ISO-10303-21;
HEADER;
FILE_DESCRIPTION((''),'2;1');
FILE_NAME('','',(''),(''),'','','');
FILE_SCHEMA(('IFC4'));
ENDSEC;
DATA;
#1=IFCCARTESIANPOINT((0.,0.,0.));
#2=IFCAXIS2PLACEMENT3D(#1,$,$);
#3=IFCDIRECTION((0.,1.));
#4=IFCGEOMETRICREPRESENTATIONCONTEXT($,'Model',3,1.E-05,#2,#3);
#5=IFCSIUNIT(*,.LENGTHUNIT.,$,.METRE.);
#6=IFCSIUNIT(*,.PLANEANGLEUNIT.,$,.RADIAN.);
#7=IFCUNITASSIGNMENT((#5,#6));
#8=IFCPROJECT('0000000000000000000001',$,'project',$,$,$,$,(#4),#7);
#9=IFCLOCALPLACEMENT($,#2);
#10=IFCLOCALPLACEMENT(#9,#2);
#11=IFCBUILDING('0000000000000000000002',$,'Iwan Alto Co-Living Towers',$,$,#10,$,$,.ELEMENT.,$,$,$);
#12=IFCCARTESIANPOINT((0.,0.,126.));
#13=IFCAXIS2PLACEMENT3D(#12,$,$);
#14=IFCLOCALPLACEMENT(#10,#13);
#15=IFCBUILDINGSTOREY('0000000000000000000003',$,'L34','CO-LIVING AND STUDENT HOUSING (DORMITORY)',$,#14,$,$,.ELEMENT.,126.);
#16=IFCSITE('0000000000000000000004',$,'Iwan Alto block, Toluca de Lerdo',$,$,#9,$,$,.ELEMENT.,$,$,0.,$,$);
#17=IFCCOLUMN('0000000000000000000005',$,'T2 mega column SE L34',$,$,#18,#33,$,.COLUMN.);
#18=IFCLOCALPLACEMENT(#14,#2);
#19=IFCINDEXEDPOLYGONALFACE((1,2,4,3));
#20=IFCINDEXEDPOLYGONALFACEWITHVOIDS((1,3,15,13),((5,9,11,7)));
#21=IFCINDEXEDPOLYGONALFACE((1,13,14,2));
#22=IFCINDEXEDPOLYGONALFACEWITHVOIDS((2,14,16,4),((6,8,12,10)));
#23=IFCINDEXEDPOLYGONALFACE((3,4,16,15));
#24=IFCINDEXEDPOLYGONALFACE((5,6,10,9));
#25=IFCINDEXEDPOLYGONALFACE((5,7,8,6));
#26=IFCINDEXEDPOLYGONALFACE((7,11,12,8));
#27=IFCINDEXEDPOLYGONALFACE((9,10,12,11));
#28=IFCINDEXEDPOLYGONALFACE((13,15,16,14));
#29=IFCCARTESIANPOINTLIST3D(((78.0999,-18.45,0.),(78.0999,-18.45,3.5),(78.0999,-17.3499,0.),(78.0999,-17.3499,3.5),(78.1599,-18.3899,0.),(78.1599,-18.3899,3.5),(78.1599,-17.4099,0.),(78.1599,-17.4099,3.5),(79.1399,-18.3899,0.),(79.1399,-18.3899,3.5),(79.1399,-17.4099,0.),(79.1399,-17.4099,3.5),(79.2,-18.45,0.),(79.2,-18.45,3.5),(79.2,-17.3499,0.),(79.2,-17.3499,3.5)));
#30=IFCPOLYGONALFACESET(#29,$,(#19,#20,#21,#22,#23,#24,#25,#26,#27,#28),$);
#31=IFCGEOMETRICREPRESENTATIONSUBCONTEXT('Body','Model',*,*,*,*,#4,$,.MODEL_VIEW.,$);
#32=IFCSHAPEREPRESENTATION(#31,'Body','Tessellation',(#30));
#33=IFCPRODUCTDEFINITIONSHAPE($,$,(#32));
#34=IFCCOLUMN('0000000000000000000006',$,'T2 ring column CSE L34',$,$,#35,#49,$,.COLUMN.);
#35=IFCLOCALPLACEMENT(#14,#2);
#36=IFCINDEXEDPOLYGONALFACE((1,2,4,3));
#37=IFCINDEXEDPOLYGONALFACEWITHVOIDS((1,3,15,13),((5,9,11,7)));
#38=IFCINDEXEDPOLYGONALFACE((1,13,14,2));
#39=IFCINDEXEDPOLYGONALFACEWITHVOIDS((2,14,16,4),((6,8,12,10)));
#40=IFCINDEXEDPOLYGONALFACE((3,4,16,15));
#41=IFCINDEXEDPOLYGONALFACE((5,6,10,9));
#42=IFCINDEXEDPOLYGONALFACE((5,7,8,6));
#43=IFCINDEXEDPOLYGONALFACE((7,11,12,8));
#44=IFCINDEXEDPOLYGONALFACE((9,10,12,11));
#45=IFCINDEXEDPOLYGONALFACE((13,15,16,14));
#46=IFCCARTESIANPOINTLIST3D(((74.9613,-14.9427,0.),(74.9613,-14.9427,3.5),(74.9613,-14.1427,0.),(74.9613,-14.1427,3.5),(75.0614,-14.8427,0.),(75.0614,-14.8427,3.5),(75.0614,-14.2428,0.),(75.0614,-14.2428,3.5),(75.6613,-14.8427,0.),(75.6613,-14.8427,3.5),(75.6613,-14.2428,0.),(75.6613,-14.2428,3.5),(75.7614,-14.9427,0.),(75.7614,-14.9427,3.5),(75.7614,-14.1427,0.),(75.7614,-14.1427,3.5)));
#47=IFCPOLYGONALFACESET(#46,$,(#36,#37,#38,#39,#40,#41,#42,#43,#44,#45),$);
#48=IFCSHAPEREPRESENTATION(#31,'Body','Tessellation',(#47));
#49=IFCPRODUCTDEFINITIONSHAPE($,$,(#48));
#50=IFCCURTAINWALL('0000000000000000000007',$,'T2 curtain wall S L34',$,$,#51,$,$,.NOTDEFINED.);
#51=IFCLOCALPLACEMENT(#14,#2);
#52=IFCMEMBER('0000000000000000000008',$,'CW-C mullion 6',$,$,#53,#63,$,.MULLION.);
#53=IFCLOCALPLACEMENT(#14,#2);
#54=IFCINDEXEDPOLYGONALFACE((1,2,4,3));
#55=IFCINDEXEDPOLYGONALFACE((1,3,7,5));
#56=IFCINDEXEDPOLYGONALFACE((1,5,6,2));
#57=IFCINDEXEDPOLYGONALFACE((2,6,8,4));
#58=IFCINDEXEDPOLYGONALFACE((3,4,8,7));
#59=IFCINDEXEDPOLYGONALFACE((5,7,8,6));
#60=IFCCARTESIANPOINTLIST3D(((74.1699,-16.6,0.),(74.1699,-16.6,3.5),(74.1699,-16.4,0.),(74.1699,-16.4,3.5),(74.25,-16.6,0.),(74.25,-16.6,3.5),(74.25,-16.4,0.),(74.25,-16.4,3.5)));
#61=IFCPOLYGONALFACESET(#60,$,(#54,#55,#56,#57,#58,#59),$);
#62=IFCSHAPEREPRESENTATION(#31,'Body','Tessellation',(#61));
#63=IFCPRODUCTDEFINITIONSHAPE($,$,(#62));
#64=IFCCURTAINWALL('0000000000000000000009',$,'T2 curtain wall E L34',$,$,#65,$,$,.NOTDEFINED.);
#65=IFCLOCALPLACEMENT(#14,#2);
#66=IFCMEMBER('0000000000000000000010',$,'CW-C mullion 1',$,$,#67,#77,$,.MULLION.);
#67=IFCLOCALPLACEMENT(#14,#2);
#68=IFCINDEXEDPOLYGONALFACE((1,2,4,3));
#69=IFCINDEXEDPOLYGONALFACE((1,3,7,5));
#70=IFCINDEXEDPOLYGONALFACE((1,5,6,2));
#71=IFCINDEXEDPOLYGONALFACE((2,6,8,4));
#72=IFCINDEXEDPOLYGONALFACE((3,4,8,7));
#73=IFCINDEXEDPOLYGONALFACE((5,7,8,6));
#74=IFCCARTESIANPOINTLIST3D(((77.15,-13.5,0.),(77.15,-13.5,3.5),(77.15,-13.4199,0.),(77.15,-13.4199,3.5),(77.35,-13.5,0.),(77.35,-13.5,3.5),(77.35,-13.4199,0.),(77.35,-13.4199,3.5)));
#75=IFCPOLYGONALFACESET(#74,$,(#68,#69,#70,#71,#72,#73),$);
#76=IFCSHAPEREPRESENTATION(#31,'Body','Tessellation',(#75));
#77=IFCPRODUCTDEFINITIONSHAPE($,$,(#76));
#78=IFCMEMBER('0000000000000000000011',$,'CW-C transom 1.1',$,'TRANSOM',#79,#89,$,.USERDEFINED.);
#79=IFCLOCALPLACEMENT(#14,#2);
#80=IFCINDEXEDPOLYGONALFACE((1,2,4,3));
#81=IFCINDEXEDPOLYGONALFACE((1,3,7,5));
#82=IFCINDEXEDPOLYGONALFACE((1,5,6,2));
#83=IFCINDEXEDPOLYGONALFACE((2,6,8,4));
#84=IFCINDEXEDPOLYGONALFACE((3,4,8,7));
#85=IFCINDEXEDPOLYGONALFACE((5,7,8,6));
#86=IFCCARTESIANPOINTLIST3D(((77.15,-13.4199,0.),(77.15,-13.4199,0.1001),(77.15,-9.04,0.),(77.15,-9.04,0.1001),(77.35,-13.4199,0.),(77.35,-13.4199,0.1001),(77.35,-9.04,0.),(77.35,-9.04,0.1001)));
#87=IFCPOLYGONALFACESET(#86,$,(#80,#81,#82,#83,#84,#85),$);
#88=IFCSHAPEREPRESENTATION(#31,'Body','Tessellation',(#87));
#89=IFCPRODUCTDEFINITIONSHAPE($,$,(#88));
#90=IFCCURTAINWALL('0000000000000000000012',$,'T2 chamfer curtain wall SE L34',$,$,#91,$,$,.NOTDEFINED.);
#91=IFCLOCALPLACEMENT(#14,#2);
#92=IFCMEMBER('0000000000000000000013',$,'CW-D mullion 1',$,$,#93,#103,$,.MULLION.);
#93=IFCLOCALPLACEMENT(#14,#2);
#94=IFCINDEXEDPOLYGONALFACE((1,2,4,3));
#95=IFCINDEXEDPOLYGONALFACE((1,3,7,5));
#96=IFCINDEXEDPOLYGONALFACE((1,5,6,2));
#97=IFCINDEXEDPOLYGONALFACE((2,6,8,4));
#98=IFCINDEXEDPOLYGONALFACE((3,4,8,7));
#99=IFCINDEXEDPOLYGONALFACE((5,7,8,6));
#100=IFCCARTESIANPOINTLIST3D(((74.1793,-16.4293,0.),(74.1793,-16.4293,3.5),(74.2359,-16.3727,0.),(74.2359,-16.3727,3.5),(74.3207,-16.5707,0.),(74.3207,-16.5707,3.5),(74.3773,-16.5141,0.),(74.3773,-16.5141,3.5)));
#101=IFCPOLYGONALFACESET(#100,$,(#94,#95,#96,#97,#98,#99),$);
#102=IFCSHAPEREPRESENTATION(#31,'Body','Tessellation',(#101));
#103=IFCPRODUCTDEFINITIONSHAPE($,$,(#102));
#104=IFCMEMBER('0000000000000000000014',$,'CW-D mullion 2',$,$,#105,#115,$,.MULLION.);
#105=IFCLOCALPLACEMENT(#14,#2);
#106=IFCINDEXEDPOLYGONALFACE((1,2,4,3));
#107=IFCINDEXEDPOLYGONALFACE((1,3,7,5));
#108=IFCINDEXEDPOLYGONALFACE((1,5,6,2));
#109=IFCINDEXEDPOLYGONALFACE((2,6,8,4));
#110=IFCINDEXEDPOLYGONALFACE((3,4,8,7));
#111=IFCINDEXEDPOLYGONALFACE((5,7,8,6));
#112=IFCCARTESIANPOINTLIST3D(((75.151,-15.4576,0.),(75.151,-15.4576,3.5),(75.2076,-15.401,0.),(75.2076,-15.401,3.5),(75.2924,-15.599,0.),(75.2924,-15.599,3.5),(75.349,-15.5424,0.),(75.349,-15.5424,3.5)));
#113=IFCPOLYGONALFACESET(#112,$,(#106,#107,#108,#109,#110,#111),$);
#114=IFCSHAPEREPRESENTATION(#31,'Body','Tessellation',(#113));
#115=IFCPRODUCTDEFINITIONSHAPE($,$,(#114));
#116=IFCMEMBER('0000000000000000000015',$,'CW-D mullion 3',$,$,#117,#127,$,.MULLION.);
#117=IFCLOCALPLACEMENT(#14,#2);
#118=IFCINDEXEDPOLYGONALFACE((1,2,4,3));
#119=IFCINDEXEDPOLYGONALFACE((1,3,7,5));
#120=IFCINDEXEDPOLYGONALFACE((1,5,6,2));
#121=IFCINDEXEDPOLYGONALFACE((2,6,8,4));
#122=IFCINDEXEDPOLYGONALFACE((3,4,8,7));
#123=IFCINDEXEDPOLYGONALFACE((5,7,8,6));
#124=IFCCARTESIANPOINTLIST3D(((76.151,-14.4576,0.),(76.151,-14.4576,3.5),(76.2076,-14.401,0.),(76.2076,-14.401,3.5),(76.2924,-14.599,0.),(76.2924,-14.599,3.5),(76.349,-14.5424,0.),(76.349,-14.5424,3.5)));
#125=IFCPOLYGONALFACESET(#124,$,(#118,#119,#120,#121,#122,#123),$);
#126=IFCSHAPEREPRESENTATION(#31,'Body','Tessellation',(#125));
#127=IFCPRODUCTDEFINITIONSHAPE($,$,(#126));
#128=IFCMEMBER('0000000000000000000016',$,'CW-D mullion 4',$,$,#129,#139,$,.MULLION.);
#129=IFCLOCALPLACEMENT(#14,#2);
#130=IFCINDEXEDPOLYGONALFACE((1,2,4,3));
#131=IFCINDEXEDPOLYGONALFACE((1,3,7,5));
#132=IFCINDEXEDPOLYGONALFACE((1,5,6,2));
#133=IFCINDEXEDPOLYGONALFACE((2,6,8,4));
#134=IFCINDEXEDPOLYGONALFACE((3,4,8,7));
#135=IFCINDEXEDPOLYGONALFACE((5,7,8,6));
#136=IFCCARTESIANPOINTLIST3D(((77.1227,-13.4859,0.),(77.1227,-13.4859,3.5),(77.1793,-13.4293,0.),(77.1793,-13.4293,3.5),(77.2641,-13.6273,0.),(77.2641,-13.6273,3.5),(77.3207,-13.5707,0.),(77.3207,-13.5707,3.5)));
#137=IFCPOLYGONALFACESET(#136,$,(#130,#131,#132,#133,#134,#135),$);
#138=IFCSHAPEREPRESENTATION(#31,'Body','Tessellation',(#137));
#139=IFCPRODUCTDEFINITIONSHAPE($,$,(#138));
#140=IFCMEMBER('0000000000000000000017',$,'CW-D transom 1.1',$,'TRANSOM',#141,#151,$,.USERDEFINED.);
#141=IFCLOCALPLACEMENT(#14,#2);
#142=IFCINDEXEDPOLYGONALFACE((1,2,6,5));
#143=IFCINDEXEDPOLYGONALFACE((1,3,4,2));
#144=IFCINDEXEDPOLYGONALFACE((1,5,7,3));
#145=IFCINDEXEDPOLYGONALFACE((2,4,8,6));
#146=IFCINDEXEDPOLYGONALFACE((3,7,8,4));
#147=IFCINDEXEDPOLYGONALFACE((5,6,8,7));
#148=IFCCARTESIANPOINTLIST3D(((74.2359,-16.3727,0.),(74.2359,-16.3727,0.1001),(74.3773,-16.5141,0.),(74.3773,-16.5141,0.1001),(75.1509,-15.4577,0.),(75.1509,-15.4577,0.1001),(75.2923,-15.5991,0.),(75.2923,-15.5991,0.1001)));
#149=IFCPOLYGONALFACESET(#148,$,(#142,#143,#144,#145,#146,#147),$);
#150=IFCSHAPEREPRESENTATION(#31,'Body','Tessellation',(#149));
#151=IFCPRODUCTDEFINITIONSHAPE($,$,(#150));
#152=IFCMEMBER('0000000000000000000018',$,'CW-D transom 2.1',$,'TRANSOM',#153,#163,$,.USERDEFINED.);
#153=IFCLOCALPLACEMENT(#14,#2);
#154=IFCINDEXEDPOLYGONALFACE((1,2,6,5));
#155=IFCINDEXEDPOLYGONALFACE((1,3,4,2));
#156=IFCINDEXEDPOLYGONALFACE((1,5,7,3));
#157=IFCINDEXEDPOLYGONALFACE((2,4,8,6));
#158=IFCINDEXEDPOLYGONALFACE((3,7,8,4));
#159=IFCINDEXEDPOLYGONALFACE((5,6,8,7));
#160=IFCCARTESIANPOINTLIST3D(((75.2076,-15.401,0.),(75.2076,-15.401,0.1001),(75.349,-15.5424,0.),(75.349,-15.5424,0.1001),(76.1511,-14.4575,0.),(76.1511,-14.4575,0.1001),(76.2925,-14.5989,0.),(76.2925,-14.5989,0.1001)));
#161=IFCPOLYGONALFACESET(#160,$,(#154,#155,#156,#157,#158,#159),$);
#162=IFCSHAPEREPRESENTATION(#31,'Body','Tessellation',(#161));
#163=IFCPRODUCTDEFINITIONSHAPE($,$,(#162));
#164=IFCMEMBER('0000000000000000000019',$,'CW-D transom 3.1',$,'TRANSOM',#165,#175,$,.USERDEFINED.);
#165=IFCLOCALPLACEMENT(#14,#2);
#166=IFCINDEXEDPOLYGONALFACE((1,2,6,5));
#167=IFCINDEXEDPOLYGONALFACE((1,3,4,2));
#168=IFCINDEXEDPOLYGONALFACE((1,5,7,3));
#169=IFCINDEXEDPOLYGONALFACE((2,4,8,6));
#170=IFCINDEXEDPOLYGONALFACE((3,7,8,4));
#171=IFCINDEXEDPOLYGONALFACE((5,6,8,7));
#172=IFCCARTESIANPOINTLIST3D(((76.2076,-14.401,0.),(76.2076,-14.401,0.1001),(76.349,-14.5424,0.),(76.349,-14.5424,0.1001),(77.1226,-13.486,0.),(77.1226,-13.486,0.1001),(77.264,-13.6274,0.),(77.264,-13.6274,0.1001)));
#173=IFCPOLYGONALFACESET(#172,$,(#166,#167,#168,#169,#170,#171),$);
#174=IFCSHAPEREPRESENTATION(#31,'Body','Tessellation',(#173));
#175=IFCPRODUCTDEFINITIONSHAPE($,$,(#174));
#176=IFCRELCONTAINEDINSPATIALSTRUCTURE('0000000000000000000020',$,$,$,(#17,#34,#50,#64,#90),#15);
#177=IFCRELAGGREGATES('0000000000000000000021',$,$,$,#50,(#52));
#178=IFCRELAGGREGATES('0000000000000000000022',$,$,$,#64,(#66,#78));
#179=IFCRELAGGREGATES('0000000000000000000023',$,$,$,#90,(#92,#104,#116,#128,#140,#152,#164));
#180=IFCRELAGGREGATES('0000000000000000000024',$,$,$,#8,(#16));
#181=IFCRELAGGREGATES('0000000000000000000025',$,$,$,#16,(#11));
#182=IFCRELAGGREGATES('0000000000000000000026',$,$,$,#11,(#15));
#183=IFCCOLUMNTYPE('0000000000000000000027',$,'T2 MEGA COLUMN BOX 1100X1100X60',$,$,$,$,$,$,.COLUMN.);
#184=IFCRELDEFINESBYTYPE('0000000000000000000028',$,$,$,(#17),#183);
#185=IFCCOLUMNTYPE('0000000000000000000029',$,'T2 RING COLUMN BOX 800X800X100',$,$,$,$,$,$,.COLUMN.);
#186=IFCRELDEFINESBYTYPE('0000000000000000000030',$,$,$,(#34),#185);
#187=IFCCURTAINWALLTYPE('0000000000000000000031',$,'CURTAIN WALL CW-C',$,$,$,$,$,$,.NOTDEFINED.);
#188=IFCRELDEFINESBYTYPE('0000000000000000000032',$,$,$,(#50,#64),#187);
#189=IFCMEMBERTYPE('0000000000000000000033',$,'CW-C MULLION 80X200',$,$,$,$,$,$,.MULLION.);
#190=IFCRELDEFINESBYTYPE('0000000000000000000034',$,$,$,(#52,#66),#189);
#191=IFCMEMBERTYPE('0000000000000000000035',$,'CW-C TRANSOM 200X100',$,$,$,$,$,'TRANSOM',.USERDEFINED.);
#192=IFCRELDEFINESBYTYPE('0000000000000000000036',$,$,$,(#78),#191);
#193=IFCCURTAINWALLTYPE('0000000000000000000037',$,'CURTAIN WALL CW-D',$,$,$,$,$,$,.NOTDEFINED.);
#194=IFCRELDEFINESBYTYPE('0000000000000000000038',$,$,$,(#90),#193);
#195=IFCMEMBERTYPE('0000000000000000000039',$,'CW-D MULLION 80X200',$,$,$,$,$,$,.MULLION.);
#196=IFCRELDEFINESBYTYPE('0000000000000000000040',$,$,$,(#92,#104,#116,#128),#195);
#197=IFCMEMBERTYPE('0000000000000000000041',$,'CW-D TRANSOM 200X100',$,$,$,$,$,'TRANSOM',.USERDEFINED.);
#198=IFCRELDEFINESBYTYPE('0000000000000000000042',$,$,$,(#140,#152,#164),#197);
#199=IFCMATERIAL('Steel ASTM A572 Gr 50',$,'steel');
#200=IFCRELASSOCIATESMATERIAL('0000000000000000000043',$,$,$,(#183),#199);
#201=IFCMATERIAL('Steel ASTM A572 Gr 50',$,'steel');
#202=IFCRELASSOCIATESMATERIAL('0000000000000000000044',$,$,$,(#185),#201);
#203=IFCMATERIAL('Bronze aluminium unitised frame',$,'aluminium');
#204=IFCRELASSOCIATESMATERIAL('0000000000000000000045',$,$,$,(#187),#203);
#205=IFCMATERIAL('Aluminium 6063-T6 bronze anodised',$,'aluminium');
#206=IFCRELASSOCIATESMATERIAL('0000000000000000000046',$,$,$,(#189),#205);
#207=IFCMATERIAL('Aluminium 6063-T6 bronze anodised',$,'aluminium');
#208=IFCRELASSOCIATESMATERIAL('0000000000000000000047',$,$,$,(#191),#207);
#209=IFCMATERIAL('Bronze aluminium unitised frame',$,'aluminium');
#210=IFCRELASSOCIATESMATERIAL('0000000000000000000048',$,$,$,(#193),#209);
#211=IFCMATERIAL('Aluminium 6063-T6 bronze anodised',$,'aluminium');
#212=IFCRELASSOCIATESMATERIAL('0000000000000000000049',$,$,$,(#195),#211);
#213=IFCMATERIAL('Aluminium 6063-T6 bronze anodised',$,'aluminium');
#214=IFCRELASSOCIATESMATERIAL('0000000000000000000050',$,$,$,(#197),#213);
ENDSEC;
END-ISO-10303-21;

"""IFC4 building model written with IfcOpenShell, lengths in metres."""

from ifc_helpers import new_model, si_unit, direction, frame, origin, origin_2d, place, context, subcontext, project, spatial, rectangle, hollow_rectangle, extrude, material, material_profile, profile_set, type_object, element, aggregate, save


model = new_model("IFC4")

# Units and contexts
model_context = context("Model", 3, precision=1e-05, world=origin(), true_north=direction((0.0, 1.0)))
body_context = subcontext(model_context, "Body", "Model", "MODEL_VIEW")
ifc_project = project(units=[si_unit("LENGTHUNIT", "METRE"), si_unit("PLANEANGLEUNIT", "RADIAN")], contexts=[model_context])

# Site, building, storey
site_placement = place(None, origin())
site = spatial("IfcSite", under=ifc_project, at=site_placement, Name="Iwan Alto block, Toluca de Lerdo", CompositionType="ELEMENT", RefElevation=0.0)
building_placement = place(site_placement, origin())
building = spatial("IfcBuilding", under=site, at=building_placement, Name="Iwan Alto Co-Living Towers", CompositionType="ELEMENT")
storey_placement = place(building_placement, frame((0.0, 0.0, 126.0)))
storey = spatial("IfcBuildingStorey", under=building, at=storey_placement, Name="L34", Description="CO-LIVING AND STUDENT HOUSING (DORMITORY)", CompositionType="ELEMENT", Elevation=126.0)

# Columns
ifc_material_1 = material(Name="Steel ASTM A572 Gr 50", Category="steel")
ifc_material_profile_1 = material_profile(ifc_material_1, hollow_rectangle(XDim=1.1001, YDim=1.1001, WallThickness=0.0601, at=origin_2d()), Name="BOX 1100X1100X60")
ifc_profile_set_1 = profile_set([ifc_material_profile_1], Name="Steel ASTM A572 Gr 50")
column_type_1 = type_object("IfcColumnType", Name="T2 MEGA COLUMN BOX 1100X1100X60", PredefinedType="COLUMN", material=ifc_profile_set_1)
column_1_placement = place(storey_placement, frame((78.6499, -17.8999, 0.0), z_axis=(0.0, 0.0, 1.0), x_axis=(1.0, 0.0, 0.0)))
element("IfcColumn", 1, at=column_1_placement, inside=storey, type_object=column_type_1, Name="T2 mega column SE L34", PredefinedType="COLUMN", context=body_context, shape_type="SweptSolid", body=[
    extrude(hollow_rectangle(XDim=1.1001, YDim=1.1001, WallThickness=0.0601, at=origin_2d()), origin(), (0.0, 0.0, 1.0), 3.5),
])
ifc_material_2 = material(Name="Steel ASTM A572 Gr 50", Category="steel")
ifc_material_profile_2 = material_profile(ifc_material_2, hollow_rectangle(XDim=0.8, YDim=0.8, WallThickness=0.1001, at=origin_2d()), Name="BOX 800X800X100")
ifc_profile_set_2 = profile_set([ifc_material_profile_2], Name="Steel ASTM A572 Gr 50")
column_type_2 = type_object("IfcColumnType", Name="T2 RING COLUMN BOX 800X800X100", PredefinedType="COLUMN", material=ifc_profile_set_2)
column_2_placement = place(storey_placement, frame((75.3613, -14.5427, 0.0), z_axis=(0.0, 0.0, 1.0), x_axis=(1.0, 0.0, 0.0)))
element("IfcColumn", 2, at=column_2_placement, inside=storey, type_object=column_type_2, Name="T2 ring column CSE L34", PredefinedType="COLUMN", context=body_context, shape_type="SweptSolid", body=[
    extrude(hollow_rectangle(XDim=0.8, YDim=0.8, WallThickness=0.1001, at=origin_2d()), origin(), (0.0, 0.0, 1.0), 3.5),
])

# Curtain wall, member
ifc_material_3 = material(Name="Bronze aluminium unitised frame", Category="aluminium")
curtain_wall_type_1 = type_object("IfcCurtainWallType", Name="CURTAIN WALL CW-C", PredefinedType="NOTDEFINED", material=ifc_material_3)
curtain_wall_1_placement = place(storey_placement, origin())
curtain_wall_1 = element("IfcCurtainWall", 3, at=curtain_wall_1_placement, inside=storey, type_object=curtain_wall_type_1, Name="T2 curtain wall S L34", PredefinedType="NOTDEFINED")
ifc_material_4 = material(Name="Aluminium 6063-T6 bronze anodised", Category="aluminium")
ifc_material_profile_3 = material_profile(ifc_material_4, rectangle(XDim=0.2, YDim=0.0801, at=origin_2d()), Name="AL 80X200")
ifc_profile_set_3 = profile_set([ifc_material_profile_3], Name="Aluminium 6063-T6 bronze anodised")
member_type_1 = type_object("IfcMemberType", Name="CW-C MULLION 80X200", PredefinedType="MULLION", material=ifc_profile_set_3)
member_1_placement = place(storey_placement, frame((74.21, -16.5, 0.0), z_axis=(0.0, 0.0, 1.0), x_axis=(0.0, 1.0, 0.0)))
member_1 = element("IfcMember", 4, at=member_1_placement, type_object=member_type_1, Name="CW-C mullion 6", PredefinedType="MULLION", context=body_context, shape_type="SweptSolid", body=[
    extrude(rectangle(XDim=0.2, YDim=0.0801, at=origin_2d()), origin(), (0.0, 0.0, 1.0), 3.5),
])

# Curtain walls, members
curtain_wall_2_placement = place(storey_placement, origin())
curtain_wall_2 = element("IfcCurtainWall", 5, at=curtain_wall_2_placement, inside=storey, type_object=curtain_wall_type_1, Name="T2 curtain wall E L34", PredefinedType="NOTDEFINED")
member_2_placement = place(storey_placement, frame((77.25, -13.46, 0.0), z_axis=(0.0, 0.0, 1.0), x_axis=(-1.0, 0.0, 0.0)))
member_2 = element("IfcMember", 6, at=member_2_placement, type_object=member_type_1, Name="CW-C mullion 1", PredefinedType="MULLION", context=body_context, shape_type="SweptSolid", body=[
    extrude(rectangle(XDim=0.2, YDim=0.0801, at=origin_2d()), origin(), (0.0, 0.0, 1.0), 3.5),
])
ifc_material_5 = material(Name="Aluminium 6063-T6 bronze anodised", Category="aluminium")
ifc_material_profile_4 = material_profile(ifc_material_5, rectangle(XDim=0.2, YDim=0.1001, at=origin_2d()), Name="AL 200X100")
ifc_profile_set_4 = profile_set([ifc_material_profile_4], Name="Aluminium 6063-T6 bronze anodised")
member_type_2 = type_object("IfcMemberType", Name="CW-C TRANSOM 200X100", ElementType="TRANSOM", PredefinedType="USERDEFINED", material=ifc_profile_set_4)
member_3_placement = place(storey_placement, frame((77.25, -13.4199, 0.05), z_axis=(0.0, 1.0, 0.0), x_axis=(-1.0, 0.0, 0.0)))
member_3 = element("IfcMember", 7, at=member_3_placement, type_object=member_type_2, Name="CW-C transom 1.1", ObjectType="TRANSOM", PredefinedType="USERDEFINED", context=body_context, shape_type="SweptSolid", body=[
    extrude(rectangle(XDim=0.2, YDim=0.1001, at=origin_2d()), origin(), (0.0, 0.0, 1.0), 4.3799),
])
ifc_material_6 = material(Name="Bronze aluminium unitised frame", Category="aluminium")
curtain_wall_type_2 = type_object("IfcCurtainWallType", Name="CURTAIN WALL CW-D", PredefinedType="NOTDEFINED", material=ifc_material_6)
curtain_wall_3_placement = place(storey_placement, origin())
curtain_wall_3 = element("IfcCurtainWall", 8, at=curtain_wall_3_placement, inside=storey, type_object=curtain_wall_type_2, Name="T2 chamfer curtain wall SE L34", PredefinedType="NOTDEFINED")
ifc_material_7 = material(Name="Aluminium 6063-T6 bronze anodised", Category="aluminium")
ifc_material_profile_5 = material_profile(ifc_material_7, rectangle(XDim=0.2, YDim=0.0801, at=origin_2d()), Name="AL 80X200")
ifc_profile_set_5 = profile_set([ifc_material_profile_5], Name="Aluminium 6063-T6 bronze anodised")
member_type_3 = type_object("IfcMemberType", Name="CW-D MULLION 80X200", PredefinedType="MULLION", material=ifc_profile_set_5)
member_4_placement = place(storey_placement, frame((74.2783, -16.4717, 0.0), z_axis=(0.0, 0.0, 1.0), x_axis=(-0.707107, 0.707107, 0.0)))
member_4 = element("IfcMember", 9, at=member_4_placement, type_object=member_type_3, Name="CW-D mullion 1", PredefinedType="MULLION", context=body_context, shape_type="SweptSolid", body=[
    extrude(rectangle(XDim=0.2, YDim=0.0801, at=origin_2d()), origin(), (0.0, 0.0, 1.0), 3.5),
])
member_5_placement = place(storey_placement, frame((75.25, -15.5, 0.0), z_axis=(0.0, 0.0, 1.0), x_axis=(-0.707107, 0.707107, 0.0)))
member_5 = element("IfcMember", 10, at=member_5_placement, type_object=member_type_3, Name="CW-D mullion 2", PredefinedType="MULLION", context=body_context, shape_type="SweptSolid", body=[
    extrude(rectangle(XDim=0.2, YDim=0.0801, at=origin_2d()), origin(), (0.0, 0.0, 1.0), 3.5),
])
member_6_placement = place(storey_placement, frame((76.25, -14.5, 0.0), z_axis=(0.0, 0.0, 1.0), x_axis=(-0.707107, 0.707107, 0.0)))
member_6 = element("IfcMember", 11, at=member_6_placement, type_object=member_type_3, Name="CW-D mullion 3", PredefinedType="MULLION", context=body_context, shape_type="SweptSolid", body=[
    extrude(rectangle(XDim=0.2, YDim=0.0801, at=origin_2d()), origin(), (0.0, 0.0, 1.0), 3.5),
])
member_7_placement = place(storey_placement, frame((77.2217, -13.5283, 0.0), z_axis=(0.0, 0.0, 1.0), x_axis=(-0.707107, 0.707107, 0.0)))
member_7 = element("IfcMember", 12, at=member_7_placement, type_object=member_type_3, Name="CW-D mullion 4", PredefinedType="MULLION", context=body_context, shape_type="SweptSolid", body=[
    extrude(rectangle(XDim=0.2, YDim=0.0801, at=origin_2d()), origin(), (0.0, 0.0, 1.0), 3.5),
])
ifc_material_8 = material(Name="Aluminium 6063-T6 bronze anodised", Category="aluminium")
ifc_material_profile_6 = material_profile(ifc_material_8, rectangle(XDim=0.2, YDim=0.1001, at=origin_2d()), Name="AL 200X100")
ifc_profile_set_6 = profile_set([ifc_material_profile_6], Name="Aluminium 6063-T6 bronze anodised")
member_type_4 = type_object("IfcMemberType", Name="CW-D TRANSOM 200X100", ElementType="TRANSOM", PredefinedType="USERDEFINED", material=ifc_profile_set_6)
member_8_placement = place(storey_placement, frame((74.3066, -16.4434, 0.05), z_axis=(0.707107, 0.707107, 0.0), x_axis=(-0.707107, 0.707107, 0.0)))
member_8 = element("IfcMember", 13, at=member_8_placement, type_object=member_type_4, Name="CW-D transom 1.1", ObjectType="TRANSOM", PredefinedType="USERDEFINED", context=body_context, shape_type="SweptSolid", body=[
    extrude(rectangle(XDim=0.2, YDim=0.1001, at=origin_2d()), origin(), (0.0, 0.0, 1.0), 1.2939),
])
member_9_placement = place(storey_placement, frame((75.2783, -15.4717, 0.05), z_axis=(0.707107, 0.707107, 0.0), x_axis=(-0.707107, 0.707107, 0.0)))
member_9 = element("IfcMember", 14, at=member_9_placement, type_object=member_type_4, Name="CW-D transom 2.1", ObjectType="TRANSOM", PredefinedType="USERDEFINED", context=body_context, shape_type="SweptSolid", body=[
    extrude(rectangle(XDim=0.2, YDim=0.1001, at=origin_2d()), origin(), (0.0, 0.0, 1.0), 1.3342),
])
member_10_placement = place(storey_placement, frame((76.2783, -14.4717, 0.05), z_axis=(0.707107, 0.707107, 0.0), x_axis=(-0.707107, 0.707107, 0.0)))
member_10 = element("IfcMember", 15, at=member_10_placement, type_object=member_type_4, Name="CW-D transom 3.1", ObjectType="TRANSOM", PredefinedType="USERDEFINED", context=body_context, shape_type="SweptSolid", body=[
    extrude(rectangle(XDim=0.2, YDim=0.1001, at=origin_2d()), origin(), (0.0, 0.0, 1.0), 1.2939),
])

aggregate(curtain_wall_1, [member_1])
aggregate(curtain_wall_2, [member_2, member_3])
aggregate(curtain_wall_3, [member_4, member_5, member_6, member_7, member_8, member_9, member_10])

save(model, "model.ifc")
